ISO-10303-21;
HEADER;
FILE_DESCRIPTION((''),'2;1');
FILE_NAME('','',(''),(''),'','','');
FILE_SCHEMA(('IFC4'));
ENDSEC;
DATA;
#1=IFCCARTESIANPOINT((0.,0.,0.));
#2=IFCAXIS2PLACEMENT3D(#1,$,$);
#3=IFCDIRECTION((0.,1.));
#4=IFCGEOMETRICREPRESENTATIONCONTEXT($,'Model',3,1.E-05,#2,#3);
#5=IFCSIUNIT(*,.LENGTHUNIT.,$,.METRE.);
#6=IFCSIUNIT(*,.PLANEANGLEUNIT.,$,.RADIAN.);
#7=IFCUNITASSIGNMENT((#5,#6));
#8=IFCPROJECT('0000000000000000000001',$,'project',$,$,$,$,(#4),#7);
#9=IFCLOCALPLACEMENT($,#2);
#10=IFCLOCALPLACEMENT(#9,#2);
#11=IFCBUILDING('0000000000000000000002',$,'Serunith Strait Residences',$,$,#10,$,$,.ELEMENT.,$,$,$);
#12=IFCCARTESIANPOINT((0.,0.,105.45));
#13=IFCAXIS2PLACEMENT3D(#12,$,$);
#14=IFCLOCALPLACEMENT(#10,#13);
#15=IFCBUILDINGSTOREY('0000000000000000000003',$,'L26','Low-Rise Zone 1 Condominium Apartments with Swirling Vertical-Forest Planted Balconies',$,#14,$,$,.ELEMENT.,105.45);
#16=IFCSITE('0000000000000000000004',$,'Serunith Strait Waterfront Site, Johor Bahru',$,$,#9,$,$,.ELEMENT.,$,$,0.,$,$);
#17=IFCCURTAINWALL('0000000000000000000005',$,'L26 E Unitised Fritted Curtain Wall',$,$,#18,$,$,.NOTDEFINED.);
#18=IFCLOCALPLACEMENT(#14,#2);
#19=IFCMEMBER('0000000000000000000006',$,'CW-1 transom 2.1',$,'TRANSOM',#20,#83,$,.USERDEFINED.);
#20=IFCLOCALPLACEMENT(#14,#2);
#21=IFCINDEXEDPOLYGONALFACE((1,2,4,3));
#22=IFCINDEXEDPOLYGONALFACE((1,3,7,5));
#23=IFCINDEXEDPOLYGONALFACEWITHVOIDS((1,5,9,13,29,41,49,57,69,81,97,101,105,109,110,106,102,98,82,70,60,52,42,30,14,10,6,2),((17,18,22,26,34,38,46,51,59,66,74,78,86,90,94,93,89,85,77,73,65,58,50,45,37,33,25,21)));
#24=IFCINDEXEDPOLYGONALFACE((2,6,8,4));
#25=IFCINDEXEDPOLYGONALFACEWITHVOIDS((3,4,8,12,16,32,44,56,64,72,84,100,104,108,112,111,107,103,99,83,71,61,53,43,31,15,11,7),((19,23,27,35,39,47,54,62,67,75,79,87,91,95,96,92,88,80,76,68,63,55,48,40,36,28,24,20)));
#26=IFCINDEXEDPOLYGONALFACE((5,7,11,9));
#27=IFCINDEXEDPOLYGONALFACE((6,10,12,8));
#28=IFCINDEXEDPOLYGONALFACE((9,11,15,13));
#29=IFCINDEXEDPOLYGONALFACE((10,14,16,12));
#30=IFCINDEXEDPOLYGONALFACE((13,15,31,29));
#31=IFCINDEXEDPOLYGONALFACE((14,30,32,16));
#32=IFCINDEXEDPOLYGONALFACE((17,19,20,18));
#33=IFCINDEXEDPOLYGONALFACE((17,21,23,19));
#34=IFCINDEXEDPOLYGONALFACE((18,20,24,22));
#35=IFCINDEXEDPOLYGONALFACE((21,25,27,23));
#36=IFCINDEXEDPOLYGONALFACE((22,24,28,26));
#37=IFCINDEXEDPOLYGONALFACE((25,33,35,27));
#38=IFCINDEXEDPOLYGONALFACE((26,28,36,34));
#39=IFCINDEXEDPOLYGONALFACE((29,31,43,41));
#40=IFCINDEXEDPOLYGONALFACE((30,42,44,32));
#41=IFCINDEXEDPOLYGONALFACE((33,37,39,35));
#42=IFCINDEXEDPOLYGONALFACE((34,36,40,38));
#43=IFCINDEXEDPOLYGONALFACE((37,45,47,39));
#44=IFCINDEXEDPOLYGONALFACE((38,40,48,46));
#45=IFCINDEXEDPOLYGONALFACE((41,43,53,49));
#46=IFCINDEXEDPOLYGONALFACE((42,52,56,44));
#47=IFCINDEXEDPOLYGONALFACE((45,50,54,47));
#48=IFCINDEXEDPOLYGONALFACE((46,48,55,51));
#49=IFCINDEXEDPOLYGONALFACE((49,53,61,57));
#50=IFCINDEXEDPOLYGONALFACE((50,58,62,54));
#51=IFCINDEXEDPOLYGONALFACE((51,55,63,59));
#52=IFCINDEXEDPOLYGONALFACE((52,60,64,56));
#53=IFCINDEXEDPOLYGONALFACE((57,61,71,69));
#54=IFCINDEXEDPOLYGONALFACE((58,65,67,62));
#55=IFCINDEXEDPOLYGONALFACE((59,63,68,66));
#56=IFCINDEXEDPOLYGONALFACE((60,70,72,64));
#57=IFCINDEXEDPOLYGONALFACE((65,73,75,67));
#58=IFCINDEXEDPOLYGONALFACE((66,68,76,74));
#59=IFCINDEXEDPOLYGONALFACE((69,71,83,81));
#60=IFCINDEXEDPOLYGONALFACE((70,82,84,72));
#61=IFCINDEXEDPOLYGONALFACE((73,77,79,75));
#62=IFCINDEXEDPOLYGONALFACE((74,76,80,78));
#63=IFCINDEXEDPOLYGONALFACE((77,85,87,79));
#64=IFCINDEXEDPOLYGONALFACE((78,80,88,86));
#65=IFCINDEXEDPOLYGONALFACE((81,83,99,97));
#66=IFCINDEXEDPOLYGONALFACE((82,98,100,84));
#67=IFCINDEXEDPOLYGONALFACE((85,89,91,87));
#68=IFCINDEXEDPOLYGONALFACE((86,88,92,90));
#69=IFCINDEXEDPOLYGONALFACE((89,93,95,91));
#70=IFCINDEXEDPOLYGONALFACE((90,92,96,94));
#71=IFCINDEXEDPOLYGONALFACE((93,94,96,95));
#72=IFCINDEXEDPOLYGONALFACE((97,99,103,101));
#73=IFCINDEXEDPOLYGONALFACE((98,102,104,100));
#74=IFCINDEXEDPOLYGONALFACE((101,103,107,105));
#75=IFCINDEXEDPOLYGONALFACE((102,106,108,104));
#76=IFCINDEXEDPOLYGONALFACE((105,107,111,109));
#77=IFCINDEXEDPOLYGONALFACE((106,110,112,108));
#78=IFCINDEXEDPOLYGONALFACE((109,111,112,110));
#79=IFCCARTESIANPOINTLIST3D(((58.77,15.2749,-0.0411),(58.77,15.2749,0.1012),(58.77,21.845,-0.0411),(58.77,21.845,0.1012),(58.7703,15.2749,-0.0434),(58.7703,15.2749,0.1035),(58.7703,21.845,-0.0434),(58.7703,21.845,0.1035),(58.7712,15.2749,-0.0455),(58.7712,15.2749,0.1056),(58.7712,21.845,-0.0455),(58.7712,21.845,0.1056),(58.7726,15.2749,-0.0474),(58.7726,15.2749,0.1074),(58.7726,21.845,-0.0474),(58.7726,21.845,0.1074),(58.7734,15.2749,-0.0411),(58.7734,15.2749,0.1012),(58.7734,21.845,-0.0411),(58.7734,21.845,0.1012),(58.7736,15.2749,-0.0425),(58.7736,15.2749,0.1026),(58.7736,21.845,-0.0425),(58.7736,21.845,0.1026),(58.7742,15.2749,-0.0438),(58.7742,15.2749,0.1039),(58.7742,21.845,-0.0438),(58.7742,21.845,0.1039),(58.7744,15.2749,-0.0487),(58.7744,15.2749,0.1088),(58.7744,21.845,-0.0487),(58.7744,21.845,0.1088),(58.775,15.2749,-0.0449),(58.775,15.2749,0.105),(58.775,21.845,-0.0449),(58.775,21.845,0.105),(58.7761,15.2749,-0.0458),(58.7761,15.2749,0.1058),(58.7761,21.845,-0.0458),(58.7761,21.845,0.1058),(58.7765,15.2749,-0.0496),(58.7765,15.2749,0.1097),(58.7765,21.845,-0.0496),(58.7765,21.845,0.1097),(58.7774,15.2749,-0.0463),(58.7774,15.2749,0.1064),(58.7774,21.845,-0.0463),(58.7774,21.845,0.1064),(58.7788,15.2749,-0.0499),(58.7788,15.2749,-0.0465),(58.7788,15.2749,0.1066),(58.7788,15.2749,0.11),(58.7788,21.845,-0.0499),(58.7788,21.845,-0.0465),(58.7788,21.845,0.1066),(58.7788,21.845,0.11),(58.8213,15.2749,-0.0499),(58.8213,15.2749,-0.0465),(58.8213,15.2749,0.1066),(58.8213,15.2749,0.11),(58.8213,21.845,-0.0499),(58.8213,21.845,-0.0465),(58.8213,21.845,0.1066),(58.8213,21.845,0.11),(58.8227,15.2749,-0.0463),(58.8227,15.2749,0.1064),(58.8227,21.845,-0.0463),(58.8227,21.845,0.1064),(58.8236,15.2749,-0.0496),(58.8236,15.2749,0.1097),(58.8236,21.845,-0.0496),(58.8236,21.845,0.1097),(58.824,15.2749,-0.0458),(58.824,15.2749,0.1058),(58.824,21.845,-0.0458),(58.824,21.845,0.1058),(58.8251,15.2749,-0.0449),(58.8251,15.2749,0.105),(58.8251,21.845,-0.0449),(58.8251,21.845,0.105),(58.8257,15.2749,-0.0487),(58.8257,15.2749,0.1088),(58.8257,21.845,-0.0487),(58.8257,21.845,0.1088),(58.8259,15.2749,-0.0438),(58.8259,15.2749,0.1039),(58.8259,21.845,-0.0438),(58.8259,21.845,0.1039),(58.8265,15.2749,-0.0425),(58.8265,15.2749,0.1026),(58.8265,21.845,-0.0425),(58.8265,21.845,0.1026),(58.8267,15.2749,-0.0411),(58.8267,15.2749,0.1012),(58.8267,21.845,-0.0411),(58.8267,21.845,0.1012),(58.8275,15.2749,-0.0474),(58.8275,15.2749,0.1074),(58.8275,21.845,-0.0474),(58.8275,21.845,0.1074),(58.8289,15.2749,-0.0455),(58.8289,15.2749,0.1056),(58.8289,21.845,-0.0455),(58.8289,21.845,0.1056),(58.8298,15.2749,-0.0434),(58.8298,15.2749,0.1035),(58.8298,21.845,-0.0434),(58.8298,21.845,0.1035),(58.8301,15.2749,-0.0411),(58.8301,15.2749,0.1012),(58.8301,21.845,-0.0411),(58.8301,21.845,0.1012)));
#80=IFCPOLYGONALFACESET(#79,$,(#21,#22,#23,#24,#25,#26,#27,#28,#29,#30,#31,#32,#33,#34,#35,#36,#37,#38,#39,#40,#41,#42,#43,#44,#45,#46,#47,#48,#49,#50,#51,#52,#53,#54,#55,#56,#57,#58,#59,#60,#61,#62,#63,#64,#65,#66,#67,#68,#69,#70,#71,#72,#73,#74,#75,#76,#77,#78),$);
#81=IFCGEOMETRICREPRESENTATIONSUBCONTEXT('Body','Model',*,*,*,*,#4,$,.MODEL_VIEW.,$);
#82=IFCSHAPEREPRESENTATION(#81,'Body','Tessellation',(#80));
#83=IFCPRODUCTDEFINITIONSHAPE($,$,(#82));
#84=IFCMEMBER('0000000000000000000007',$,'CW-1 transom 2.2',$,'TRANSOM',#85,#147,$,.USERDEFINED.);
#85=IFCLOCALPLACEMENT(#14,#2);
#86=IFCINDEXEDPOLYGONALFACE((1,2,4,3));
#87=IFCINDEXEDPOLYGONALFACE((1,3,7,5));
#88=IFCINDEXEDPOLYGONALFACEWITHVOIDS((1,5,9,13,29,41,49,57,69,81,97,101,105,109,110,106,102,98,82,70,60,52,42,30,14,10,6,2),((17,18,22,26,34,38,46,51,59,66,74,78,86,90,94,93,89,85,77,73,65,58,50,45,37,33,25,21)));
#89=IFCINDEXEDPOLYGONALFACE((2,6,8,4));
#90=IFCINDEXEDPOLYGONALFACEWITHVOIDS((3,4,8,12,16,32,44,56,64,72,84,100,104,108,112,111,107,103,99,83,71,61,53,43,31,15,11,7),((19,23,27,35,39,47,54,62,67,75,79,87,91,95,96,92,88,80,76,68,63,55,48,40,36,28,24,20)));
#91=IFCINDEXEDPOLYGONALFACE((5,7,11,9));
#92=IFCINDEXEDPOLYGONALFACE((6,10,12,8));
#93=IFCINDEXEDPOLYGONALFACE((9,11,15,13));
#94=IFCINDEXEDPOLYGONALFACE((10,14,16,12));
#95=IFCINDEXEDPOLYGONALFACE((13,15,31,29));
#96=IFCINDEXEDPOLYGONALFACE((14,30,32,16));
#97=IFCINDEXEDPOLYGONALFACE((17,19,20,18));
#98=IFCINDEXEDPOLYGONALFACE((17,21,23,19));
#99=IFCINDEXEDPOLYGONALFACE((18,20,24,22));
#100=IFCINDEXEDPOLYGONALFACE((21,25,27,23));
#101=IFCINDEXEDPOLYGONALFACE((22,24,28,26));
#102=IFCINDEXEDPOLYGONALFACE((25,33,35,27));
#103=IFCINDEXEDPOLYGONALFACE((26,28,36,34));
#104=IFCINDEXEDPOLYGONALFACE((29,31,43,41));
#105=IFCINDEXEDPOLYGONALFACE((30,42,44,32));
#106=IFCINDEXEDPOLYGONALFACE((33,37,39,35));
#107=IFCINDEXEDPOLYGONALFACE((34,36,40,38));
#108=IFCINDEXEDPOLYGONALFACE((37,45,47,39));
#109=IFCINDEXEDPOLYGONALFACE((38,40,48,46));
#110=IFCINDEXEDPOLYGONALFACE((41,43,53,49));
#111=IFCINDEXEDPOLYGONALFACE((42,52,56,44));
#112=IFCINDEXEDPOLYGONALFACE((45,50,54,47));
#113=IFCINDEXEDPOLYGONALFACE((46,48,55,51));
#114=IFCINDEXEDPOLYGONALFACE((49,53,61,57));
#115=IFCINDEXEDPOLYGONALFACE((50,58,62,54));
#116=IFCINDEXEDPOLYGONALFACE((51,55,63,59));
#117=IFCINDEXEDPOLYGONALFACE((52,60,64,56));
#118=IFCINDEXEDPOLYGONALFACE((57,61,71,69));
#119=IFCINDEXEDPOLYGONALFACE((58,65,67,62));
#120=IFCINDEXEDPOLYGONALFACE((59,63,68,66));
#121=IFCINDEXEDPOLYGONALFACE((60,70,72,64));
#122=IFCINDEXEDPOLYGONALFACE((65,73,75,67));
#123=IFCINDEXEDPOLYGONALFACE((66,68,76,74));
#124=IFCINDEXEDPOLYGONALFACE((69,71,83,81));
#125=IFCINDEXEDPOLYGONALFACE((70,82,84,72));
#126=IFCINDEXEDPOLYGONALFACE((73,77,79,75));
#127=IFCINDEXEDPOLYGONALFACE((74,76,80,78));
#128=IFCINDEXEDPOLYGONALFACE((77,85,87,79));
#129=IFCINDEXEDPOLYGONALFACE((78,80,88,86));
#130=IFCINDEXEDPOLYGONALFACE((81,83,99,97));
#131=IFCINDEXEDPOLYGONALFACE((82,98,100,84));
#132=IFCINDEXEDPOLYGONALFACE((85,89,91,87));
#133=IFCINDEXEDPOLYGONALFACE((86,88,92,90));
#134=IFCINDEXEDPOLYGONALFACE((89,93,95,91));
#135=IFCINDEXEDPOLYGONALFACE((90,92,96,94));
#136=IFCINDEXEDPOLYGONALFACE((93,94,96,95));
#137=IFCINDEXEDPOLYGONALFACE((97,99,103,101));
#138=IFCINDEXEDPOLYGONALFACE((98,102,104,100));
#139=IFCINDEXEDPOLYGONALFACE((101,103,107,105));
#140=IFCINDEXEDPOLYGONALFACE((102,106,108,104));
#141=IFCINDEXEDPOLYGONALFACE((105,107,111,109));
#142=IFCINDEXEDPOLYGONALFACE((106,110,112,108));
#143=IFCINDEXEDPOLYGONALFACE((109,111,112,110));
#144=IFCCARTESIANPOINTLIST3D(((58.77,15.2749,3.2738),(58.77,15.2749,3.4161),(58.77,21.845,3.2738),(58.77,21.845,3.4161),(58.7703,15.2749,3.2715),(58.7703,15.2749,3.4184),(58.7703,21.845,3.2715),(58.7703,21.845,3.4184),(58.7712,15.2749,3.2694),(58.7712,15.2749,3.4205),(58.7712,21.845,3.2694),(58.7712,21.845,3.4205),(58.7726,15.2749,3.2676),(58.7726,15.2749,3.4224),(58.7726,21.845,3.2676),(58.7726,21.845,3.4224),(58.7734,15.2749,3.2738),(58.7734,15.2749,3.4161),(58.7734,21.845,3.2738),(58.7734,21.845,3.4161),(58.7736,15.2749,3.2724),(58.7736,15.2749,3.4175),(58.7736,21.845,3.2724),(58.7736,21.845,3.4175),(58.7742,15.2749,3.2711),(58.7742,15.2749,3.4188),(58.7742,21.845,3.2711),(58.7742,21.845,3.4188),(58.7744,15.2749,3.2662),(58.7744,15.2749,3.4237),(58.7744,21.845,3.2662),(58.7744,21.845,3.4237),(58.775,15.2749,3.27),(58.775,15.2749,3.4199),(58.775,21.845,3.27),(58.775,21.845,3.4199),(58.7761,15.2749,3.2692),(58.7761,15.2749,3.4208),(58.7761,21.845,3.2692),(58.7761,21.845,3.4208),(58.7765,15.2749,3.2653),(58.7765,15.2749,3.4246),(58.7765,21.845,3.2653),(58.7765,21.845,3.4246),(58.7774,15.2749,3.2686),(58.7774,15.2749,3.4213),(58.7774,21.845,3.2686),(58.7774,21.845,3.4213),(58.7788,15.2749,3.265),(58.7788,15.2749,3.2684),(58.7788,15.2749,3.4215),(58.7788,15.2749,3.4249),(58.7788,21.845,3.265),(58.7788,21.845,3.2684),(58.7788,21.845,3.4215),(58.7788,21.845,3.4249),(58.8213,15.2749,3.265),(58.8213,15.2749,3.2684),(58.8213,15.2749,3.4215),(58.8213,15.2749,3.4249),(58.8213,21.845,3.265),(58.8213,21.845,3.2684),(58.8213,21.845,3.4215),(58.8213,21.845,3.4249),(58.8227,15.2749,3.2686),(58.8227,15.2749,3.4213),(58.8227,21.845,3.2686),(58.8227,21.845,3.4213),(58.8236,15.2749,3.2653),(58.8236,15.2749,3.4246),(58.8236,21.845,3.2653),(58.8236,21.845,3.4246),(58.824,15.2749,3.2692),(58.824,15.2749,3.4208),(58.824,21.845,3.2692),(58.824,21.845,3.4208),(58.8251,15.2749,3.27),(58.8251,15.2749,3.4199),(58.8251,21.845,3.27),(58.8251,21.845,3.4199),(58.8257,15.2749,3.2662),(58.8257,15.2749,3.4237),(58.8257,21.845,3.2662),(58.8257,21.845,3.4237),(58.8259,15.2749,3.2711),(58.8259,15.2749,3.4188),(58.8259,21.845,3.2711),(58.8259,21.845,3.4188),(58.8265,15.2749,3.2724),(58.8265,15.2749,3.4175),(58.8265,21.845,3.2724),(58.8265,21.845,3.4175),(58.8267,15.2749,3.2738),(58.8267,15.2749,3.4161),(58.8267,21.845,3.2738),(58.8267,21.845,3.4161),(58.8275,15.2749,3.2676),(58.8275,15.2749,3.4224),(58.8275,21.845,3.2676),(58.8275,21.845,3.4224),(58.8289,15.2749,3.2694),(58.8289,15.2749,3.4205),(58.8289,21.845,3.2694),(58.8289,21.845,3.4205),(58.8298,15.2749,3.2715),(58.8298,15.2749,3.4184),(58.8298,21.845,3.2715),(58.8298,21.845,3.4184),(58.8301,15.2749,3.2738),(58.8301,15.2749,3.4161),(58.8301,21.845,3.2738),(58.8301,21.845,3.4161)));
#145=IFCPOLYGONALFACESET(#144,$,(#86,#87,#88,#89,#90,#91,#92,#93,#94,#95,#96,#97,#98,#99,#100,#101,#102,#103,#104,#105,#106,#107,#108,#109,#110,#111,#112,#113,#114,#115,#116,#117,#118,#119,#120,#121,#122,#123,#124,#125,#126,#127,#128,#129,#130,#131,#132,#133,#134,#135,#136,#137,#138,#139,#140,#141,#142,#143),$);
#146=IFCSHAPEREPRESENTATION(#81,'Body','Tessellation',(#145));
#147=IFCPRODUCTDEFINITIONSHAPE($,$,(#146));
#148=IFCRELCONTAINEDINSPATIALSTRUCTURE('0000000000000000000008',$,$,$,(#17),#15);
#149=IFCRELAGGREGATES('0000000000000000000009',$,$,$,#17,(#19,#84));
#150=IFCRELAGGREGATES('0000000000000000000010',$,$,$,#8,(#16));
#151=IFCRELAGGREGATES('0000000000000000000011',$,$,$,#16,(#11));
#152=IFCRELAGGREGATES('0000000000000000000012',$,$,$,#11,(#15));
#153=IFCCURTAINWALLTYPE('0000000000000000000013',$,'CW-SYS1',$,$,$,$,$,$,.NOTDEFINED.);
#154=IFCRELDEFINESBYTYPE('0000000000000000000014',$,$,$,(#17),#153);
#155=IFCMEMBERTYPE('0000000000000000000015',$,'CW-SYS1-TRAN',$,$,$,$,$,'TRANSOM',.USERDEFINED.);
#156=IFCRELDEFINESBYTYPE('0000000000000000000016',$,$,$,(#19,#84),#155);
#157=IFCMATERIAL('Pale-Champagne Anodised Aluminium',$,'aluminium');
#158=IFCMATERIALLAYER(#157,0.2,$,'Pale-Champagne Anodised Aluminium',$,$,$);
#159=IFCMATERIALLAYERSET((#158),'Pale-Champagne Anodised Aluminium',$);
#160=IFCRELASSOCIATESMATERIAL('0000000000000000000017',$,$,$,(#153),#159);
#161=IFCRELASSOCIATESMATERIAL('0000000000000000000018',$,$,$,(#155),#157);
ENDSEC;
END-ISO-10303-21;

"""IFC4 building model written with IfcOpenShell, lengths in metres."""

from ifc_helpers import new_model, si_unit, direction, frame, origin, origin_2d, place, context, subcontext, project, spatial, hollow_rectangle, extrude, source, transform, mapped, material, layer, layer_set, material_profile, profile_set, type_object, element, aggregate, save


model = new_model("IFC4")

# Units and contexts
model_context = context("Model", 3, precision=1e-05, world=origin(), true_north=direction((0.0, 1.0)))
body_context = subcontext(model_context, "Body", "Model", "MODEL_VIEW")
ifc_project = project(units=[si_unit("LENGTHUNIT", "METRE"), si_unit("PLANEANGLEUNIT", "RADIAN")], contexts=[model_context])

# Site, building, storey
site_placement = place(None, origin())
site = spatial("IfcSite", under=ifc_project, at=site_placement, Name="Serunith Strait Waterfront Site, Johor Bahru", CompositionType="ELEMENT", RefElevation=0.0)
building_placement = place(site_placement, origin())
building = spatial("IfcBuilding", under=site, at=building_placement, Name="Serunith Strait Residences", CompositionType="ELEMENT")
storey_placement = place(building_placement, frame((0.0, 0.0, 105.45)))
storey = spatial("IfcBuildingStorey", under=building, at=storey_placement, Name="L26", Description="Low-Rise Zone 1 Condominium Apartments with Swirling Vertical-Forest Planted Balconies", CompositionType="ELEMENT", Elevation=105.45)

# Curtain wall, members
ifc_material_1 = material(Name="Pale-Champagne Anodised Aluminium", Category="aluminium")
ifc_layer_1 = layer(ifc_material_1, 0.2, Name="Pale-Champagne Anodised Aluminium")
ifc_layer_set_1 = layer_set([ifc_layer_1], Name="Pale-Champagne Anodised Aluminium")
curtain_wall_type = type_object("IfcCurtainWallType", Name="CW-SYS1", PredefinedType="NOTDEFINED", material=ifc_layer_set_1)
curtain_wall_placement = place(storey_placement, origin())
curtain_wall = element("IfcCurtainWall", 1, at=curtain_wall_placement, inside=storey, type_object=curtain_wall_type, Name="L26 E Unitised Fritted Curtain Wall", PredefinedType="NOTDEFINED")
ifc_material_profile_1 = material_profile(ifc_material_1, hollow_rectangle(XDim=0.0601, YDim=0.1599, WallThickness=0.0034, InnerFilletRadius=0.0054, OuterFilletRadius=0.0088, at=origin_2d()), Name="ALU 160x60x3.5")
ifc_profile_set_1 = profile_set([ifc_material_profile_1], Name="Pale-Champagne Anodised Aluminium")
member_type_1 = type_object("IfcMemberType", Name="CW-SYS1-TRAN", ElementType="TRANSOM", PredefinedType="USERDEFINED", material=ifc_profile_set_1)
shared_shape_1 = source(origin(), body_context, "Body", "SweptSolid", [
    extrude(hollow_rectangle(XDim=0.0601, YDim=0.1599, WallThickness=0.0034, InnerFilletRadius=0.0054, OuterFilletRadius=0.0088, at=origin_2d()), origin(), (0.0, 0.0, 1.0), 6.5701),
])
member_1_placement = place(storey_placement, frame((58.8, 15.2749, 0.03), z_axis=(0.0, 1.0, 0.0), x_axis=(-1.0, 0.0, 0.0)))
member_1 = element("IfcMember", 2, at=member_1_placement, type_object=member_type_1, Name="CW-1 transom 2.1", ObjectType="TRANSOM", PredefinedType="USERDEFINED", context=body_context, shape_type="MappedRepresentation", body=[
    mapped(shared_shape_1, transform((0.0, 0.0, 0.0), scale=1.0)),
])
member_2_placement = place(storey_placement, frame((58.8, 15.2749, 3.345), z_axis=(0.0, 1.0, 0.0), x_axis=(-1.0, 0.0, 0.0)))
member_2 = element("IfcMember", 3, at=member_2_placement, type_object=member_type_1, Name="CW-1 transom 2.2", ObjectType="TRANSOM", PredefinedType="USERDEFINED", context=body_context, shape_type="MappedRepresentation", body=[
    mapped(shared_shape_1, transform((0.0, 0.0, 0.0), scale=1.0)),
])
aggregate(curtain_wall, [member_1, member_2])

save(model, "model.ifc")
